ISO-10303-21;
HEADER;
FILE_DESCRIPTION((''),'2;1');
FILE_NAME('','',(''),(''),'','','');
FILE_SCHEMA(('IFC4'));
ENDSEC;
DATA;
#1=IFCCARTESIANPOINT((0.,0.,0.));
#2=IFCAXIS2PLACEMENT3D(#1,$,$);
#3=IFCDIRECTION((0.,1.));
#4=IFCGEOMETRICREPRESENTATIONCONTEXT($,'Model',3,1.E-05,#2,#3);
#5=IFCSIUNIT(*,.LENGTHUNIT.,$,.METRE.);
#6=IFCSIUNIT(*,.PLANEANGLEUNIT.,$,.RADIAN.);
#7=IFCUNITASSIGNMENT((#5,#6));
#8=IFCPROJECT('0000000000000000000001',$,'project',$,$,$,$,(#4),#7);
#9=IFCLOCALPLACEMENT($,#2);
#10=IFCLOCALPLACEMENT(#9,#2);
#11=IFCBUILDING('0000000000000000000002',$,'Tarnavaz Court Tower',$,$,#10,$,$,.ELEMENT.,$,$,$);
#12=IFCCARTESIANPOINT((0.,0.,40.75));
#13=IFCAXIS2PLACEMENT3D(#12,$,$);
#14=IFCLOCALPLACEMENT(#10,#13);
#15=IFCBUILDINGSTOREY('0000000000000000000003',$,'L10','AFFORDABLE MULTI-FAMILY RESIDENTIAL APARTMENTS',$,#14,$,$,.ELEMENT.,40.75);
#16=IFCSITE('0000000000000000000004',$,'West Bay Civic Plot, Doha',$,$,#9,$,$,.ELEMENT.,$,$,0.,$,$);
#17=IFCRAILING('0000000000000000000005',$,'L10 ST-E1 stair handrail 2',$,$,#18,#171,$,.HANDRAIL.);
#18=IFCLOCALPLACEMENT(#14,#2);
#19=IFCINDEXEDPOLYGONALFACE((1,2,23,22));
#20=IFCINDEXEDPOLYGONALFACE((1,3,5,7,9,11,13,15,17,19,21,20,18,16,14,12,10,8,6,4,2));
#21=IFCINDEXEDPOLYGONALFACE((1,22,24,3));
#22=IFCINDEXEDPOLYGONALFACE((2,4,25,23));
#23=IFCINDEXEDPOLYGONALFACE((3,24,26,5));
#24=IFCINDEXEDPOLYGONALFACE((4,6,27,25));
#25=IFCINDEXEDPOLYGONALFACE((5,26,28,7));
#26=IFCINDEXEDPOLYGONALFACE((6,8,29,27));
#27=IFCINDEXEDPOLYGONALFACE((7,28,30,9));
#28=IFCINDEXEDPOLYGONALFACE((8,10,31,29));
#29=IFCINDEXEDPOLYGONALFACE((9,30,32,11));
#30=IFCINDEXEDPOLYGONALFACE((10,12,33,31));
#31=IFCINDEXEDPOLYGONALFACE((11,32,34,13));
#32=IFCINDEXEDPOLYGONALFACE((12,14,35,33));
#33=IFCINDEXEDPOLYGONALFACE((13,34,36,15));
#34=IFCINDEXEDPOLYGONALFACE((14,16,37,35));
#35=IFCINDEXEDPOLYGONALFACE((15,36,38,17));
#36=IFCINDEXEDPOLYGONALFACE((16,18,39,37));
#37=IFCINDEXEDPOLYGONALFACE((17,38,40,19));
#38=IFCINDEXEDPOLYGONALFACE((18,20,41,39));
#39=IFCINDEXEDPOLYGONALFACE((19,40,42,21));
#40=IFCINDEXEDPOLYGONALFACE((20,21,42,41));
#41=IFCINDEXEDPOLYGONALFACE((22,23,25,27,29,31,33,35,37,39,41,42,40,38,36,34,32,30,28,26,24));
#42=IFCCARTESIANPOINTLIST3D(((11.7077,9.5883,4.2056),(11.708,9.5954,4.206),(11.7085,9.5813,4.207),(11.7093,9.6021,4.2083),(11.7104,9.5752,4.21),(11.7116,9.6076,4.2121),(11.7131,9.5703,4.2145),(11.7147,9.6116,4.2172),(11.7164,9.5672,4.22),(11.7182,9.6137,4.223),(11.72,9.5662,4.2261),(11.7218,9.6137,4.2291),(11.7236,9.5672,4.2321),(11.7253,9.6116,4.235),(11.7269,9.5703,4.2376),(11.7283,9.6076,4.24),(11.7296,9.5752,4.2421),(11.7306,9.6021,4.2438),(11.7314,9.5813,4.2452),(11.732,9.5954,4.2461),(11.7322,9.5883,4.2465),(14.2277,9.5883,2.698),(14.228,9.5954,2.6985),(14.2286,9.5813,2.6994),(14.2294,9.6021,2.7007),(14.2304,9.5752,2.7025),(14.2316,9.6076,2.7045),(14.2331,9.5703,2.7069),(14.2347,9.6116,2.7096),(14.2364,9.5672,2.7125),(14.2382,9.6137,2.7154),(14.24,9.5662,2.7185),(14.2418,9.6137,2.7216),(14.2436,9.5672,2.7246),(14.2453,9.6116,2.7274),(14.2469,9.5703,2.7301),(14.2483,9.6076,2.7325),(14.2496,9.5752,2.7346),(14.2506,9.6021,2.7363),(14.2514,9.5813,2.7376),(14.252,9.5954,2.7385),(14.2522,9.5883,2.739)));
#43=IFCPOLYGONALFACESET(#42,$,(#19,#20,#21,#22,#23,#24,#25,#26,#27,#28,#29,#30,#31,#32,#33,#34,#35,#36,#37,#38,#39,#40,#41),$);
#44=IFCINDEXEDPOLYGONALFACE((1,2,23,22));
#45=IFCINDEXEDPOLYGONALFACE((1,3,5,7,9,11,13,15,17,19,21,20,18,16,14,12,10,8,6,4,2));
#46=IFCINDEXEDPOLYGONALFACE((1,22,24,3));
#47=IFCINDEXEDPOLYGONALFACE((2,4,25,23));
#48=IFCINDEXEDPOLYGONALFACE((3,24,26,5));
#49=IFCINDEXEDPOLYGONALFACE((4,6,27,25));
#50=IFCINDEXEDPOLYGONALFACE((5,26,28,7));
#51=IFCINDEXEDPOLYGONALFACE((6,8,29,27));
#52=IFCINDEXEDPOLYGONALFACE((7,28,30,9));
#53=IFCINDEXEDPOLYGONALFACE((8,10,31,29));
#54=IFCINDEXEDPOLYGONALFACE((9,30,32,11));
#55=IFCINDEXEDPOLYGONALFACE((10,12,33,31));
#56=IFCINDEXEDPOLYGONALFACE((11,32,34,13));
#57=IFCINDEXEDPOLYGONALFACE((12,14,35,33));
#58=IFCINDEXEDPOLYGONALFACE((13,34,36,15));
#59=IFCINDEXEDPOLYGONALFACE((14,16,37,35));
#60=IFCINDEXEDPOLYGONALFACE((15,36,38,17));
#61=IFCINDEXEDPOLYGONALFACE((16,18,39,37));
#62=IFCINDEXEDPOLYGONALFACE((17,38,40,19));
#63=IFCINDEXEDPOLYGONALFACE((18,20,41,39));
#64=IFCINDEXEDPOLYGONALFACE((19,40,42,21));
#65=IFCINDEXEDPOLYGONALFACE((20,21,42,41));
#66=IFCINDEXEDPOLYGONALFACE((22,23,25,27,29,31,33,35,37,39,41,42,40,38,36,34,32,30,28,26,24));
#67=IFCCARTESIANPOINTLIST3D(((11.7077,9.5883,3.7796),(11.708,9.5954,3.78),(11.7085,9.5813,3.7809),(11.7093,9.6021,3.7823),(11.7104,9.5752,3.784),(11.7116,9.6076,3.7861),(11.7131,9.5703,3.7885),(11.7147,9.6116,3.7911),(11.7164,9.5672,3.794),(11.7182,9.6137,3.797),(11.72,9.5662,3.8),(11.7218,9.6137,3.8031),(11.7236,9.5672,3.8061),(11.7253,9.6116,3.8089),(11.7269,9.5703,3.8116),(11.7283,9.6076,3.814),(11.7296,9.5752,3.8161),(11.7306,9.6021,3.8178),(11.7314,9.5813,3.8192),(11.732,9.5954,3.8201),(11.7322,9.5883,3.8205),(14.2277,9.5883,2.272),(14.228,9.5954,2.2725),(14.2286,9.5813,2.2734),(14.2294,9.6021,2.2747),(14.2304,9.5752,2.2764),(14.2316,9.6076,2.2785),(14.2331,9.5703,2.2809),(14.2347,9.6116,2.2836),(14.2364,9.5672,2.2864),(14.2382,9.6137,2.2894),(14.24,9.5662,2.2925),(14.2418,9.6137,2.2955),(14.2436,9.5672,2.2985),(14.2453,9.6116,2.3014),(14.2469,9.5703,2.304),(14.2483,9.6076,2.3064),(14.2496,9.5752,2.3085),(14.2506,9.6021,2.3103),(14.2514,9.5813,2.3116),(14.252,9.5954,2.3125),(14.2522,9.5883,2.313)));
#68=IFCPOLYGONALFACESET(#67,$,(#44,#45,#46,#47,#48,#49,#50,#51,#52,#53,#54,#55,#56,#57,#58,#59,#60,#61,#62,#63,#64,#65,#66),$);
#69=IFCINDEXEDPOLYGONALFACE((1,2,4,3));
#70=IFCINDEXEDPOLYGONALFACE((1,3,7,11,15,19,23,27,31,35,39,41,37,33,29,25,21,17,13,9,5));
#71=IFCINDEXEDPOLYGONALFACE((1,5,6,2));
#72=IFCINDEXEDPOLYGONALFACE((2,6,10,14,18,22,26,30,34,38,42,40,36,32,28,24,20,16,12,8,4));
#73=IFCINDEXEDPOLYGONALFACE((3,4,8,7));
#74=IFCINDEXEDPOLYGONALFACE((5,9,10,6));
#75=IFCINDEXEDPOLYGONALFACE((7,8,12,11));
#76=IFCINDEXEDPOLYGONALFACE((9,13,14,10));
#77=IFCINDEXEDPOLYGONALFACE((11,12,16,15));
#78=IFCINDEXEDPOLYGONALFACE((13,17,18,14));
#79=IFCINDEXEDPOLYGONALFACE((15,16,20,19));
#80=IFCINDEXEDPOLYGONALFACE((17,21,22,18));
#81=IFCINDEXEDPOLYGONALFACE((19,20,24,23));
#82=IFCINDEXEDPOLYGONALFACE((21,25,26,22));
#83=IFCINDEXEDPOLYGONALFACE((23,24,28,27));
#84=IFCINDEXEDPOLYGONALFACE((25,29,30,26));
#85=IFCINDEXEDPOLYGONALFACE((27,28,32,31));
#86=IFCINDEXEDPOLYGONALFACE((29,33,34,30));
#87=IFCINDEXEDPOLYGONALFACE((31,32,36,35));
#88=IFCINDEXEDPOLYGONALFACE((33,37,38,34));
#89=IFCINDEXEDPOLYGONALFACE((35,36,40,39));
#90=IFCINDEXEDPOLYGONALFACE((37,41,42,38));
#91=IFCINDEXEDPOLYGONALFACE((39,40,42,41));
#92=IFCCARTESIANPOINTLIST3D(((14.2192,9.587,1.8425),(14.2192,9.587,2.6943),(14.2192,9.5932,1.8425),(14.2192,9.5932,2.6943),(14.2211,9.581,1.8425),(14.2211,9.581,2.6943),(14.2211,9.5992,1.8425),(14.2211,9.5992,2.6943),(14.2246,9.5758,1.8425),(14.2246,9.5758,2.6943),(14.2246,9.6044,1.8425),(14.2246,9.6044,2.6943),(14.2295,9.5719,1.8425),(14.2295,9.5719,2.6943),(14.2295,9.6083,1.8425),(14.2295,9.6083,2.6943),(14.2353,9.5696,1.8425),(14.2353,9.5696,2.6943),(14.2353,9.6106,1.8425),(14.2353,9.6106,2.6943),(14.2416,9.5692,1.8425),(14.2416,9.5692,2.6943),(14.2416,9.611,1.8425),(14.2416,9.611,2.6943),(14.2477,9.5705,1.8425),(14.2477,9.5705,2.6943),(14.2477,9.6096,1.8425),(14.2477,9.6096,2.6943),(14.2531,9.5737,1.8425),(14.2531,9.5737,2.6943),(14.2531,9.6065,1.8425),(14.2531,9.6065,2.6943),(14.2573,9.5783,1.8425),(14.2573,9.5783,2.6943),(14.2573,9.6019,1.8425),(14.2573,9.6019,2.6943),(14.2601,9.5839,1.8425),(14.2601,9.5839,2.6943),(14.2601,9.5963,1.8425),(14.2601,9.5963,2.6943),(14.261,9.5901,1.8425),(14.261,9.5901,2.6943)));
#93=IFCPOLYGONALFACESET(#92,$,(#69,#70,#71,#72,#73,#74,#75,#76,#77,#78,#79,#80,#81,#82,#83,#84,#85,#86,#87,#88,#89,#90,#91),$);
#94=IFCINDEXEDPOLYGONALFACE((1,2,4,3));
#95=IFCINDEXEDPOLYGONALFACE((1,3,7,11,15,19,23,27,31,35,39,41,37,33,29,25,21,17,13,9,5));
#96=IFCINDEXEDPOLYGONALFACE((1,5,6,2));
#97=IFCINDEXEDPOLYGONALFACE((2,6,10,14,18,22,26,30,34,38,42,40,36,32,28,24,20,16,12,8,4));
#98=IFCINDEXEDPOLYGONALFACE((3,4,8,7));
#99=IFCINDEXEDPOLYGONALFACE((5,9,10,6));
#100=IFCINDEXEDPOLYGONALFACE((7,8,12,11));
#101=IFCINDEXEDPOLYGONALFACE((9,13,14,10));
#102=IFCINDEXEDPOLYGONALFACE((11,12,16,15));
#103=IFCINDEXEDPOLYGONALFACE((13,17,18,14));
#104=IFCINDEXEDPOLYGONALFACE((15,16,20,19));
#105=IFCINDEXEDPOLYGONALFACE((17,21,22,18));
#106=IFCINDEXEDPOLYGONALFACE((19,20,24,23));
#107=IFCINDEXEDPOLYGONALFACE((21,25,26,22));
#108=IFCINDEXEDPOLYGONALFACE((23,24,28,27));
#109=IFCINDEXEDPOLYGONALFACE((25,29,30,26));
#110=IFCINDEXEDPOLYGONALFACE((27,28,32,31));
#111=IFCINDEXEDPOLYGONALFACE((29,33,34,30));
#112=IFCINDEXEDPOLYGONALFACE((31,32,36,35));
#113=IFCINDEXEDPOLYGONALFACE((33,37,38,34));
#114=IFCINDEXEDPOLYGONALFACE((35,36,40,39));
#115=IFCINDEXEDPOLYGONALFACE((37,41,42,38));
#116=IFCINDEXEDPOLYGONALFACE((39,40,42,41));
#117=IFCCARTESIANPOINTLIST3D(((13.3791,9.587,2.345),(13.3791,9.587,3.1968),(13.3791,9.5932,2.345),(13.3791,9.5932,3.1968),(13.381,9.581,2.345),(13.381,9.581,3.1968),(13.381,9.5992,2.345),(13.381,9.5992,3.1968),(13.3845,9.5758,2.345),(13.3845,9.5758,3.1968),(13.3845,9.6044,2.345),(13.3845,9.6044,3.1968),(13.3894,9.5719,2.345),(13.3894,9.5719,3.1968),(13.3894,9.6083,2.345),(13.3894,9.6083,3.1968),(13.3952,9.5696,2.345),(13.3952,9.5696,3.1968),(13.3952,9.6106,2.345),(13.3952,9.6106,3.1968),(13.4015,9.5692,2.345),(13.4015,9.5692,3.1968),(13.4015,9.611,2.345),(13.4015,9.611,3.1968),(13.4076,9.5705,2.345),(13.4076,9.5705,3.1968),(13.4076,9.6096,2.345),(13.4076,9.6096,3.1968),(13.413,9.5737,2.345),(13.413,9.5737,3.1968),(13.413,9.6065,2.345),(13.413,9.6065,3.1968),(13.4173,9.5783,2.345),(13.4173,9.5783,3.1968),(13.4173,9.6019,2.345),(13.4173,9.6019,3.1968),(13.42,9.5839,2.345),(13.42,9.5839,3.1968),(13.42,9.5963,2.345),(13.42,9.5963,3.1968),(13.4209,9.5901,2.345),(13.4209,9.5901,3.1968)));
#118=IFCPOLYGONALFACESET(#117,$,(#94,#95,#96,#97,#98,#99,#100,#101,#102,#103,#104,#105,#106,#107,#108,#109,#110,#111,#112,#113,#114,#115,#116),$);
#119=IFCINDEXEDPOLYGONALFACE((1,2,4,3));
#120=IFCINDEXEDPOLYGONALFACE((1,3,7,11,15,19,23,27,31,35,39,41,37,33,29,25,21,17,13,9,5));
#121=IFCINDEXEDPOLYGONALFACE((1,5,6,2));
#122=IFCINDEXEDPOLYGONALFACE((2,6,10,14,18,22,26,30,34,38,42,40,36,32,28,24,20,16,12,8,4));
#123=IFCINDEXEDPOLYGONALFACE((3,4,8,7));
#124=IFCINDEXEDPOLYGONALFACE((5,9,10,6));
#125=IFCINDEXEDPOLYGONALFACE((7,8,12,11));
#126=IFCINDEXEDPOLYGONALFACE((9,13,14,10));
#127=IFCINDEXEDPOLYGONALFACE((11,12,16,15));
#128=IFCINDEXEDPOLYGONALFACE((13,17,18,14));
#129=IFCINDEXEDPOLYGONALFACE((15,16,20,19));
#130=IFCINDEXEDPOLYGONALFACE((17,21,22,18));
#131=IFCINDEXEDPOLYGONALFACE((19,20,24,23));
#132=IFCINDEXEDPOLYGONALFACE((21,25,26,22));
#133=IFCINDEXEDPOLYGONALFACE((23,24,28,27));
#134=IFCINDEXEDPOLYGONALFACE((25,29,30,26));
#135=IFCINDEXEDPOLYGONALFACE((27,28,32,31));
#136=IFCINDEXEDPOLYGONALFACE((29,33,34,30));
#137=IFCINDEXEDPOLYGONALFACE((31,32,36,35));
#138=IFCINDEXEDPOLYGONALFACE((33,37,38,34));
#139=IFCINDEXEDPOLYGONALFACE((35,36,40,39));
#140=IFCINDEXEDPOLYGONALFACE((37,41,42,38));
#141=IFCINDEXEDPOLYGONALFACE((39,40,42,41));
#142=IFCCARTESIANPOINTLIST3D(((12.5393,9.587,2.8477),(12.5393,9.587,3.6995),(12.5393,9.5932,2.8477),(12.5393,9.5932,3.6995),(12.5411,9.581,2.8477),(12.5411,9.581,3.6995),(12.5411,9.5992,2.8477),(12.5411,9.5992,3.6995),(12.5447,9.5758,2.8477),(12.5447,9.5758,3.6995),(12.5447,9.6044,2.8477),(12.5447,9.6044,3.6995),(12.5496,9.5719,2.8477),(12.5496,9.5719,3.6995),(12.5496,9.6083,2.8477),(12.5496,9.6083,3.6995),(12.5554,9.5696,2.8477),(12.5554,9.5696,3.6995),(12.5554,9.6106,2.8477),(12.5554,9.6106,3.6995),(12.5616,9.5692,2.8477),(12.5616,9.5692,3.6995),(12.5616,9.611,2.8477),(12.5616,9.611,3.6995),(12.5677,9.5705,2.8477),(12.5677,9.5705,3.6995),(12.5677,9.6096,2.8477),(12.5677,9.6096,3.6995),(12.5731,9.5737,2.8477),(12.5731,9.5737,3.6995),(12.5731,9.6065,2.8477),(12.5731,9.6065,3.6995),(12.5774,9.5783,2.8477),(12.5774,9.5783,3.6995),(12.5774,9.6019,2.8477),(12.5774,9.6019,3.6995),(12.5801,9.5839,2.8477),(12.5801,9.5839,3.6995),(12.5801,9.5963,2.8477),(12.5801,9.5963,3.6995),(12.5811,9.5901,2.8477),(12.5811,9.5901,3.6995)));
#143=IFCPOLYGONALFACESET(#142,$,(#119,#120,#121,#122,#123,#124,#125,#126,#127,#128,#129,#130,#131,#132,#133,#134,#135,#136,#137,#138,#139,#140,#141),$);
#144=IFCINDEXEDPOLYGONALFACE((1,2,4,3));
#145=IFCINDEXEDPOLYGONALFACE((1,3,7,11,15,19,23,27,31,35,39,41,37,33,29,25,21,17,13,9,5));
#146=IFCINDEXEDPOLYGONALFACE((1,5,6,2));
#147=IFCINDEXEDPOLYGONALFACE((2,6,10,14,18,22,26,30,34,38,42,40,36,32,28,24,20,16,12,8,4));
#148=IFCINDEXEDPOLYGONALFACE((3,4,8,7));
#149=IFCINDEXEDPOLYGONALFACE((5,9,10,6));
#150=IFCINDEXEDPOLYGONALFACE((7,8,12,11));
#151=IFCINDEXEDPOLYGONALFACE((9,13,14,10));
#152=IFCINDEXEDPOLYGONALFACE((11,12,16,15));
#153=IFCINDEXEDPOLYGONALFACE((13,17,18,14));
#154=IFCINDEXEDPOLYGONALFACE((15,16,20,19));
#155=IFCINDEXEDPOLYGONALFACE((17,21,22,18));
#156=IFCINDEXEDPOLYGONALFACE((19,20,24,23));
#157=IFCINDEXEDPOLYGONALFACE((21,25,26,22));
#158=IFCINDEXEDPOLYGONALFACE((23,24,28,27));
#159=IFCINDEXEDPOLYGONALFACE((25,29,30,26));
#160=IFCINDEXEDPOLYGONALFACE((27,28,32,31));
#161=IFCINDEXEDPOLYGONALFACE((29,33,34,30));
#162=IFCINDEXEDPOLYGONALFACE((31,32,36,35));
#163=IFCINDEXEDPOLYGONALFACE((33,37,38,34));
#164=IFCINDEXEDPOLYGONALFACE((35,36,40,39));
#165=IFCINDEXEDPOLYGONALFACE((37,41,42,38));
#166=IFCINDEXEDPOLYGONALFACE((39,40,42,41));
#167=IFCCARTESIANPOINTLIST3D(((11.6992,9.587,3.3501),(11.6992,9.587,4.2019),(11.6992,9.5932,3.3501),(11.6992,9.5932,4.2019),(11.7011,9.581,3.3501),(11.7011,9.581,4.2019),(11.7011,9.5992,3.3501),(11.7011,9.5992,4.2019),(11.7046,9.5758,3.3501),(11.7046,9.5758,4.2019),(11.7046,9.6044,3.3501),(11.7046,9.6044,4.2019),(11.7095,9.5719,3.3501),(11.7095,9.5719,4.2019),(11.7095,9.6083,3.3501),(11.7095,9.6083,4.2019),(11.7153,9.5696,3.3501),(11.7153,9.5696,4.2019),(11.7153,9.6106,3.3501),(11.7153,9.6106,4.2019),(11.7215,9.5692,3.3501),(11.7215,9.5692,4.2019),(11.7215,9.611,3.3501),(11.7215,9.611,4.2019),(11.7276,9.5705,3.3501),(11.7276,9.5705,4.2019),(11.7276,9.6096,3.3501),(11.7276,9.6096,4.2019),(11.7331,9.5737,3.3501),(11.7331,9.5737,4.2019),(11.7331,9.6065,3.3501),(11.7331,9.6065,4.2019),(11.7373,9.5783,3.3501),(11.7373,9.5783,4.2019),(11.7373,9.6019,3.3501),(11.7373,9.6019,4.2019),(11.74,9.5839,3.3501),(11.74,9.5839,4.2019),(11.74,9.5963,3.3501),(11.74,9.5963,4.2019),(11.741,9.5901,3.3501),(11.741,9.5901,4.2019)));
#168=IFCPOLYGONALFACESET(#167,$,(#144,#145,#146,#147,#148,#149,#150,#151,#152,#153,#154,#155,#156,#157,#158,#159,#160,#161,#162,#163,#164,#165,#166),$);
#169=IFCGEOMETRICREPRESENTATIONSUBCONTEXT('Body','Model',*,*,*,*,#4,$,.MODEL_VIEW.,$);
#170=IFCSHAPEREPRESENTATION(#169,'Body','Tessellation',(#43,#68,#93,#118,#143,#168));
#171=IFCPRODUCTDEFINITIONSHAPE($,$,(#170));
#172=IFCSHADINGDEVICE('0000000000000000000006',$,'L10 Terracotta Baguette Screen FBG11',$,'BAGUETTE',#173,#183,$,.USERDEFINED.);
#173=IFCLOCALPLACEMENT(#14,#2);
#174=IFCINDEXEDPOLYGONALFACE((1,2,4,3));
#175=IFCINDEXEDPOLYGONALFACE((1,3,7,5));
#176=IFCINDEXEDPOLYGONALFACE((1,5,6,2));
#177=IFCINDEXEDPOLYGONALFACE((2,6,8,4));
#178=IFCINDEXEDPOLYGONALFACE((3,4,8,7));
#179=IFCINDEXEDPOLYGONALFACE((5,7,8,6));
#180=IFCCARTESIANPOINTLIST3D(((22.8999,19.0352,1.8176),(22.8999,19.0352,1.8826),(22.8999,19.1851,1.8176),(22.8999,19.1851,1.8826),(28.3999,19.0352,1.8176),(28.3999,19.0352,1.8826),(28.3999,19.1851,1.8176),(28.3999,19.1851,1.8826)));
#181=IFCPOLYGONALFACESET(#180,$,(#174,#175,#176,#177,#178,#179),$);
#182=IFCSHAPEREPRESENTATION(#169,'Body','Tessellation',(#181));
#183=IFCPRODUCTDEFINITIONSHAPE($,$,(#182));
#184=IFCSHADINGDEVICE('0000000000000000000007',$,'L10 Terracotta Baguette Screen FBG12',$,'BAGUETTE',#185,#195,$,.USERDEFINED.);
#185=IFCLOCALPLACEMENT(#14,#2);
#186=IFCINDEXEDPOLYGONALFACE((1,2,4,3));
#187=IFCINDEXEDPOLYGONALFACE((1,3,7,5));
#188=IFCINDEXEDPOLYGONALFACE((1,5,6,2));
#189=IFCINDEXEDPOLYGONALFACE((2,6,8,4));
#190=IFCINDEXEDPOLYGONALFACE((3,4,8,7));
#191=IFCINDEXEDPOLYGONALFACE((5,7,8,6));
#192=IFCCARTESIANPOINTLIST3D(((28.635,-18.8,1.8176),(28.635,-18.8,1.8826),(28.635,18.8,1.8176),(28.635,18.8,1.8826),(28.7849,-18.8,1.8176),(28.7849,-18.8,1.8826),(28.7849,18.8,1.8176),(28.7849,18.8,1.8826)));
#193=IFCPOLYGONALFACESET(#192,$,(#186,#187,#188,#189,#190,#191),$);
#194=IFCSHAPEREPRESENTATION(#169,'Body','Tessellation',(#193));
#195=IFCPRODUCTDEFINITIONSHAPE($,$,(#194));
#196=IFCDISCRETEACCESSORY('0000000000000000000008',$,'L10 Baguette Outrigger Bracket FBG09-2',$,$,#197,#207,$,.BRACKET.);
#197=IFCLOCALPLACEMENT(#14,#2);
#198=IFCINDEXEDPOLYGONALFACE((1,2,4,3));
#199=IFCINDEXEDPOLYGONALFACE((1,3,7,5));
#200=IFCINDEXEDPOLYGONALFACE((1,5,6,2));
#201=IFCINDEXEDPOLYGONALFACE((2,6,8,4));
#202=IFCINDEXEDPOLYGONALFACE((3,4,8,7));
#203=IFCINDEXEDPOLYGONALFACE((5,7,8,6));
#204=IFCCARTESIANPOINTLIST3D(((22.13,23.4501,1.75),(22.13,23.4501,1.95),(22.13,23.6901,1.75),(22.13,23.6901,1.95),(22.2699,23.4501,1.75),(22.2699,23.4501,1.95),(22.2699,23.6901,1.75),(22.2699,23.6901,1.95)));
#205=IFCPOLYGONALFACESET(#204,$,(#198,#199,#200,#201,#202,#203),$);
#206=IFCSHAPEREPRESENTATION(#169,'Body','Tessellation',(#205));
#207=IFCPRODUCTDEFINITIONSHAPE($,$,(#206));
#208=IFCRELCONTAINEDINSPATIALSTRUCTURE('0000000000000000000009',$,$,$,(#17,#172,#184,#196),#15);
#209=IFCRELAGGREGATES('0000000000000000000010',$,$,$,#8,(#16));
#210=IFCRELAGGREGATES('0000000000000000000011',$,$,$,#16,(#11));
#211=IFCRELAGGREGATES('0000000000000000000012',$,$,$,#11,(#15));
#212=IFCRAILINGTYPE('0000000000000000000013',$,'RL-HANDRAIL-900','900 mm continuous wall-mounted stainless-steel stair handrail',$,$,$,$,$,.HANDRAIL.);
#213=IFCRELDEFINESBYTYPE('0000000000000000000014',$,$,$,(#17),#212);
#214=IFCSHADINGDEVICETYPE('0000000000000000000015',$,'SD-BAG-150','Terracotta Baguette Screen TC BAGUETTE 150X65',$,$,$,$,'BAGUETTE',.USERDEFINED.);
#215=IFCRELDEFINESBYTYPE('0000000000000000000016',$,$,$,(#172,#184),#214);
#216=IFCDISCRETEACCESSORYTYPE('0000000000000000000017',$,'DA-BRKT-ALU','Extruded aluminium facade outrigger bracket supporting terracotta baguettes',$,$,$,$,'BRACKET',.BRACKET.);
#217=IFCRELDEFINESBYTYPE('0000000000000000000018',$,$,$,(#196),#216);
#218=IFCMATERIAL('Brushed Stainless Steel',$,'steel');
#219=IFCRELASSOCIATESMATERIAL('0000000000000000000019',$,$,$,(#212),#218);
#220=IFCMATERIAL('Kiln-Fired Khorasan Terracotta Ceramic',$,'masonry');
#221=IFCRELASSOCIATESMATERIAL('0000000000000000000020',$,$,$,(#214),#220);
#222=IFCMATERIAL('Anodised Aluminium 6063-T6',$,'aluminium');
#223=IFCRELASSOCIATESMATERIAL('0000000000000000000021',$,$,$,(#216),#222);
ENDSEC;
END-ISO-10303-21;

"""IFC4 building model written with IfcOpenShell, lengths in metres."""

from ifc_helpers import new_model, si_unit, direction, frame, origin, origin_2d, place, context, subcontext, project, spatial, rectangle, circle, extrude, material, material_profile, profile_set, type_object, element, save


model = new_model("IFC4")

# Units and contexts
model_context = context("Model", 3, precision=1e-05, world=origin(), true_north=direction((0.0, 1.0)))
body_context = subcontext(model_context, "Body", "Model", "MODEL_VIEW")
ifc_project = project(units=[si_unit("LENGTHUNIT", "METRE"), si_unit("PLANEANGLEUNIT", "RADIAN")], contexts=[model_context])

# Site, building, storey
site_placement = place(None, origin())
site = spatial("IfcSite", under=ifc_project, at=site_placement, Name="West Bay Civic Plot, Doha", CompositionType="ELEMENT", RefElevation=0.0)
building_placement = place(site_placement, origin())
building = spatial("IfcBuilding", under=site, at=building_placement, Name="Tarnavaz Court Tower", CompositionType="ELEMENT")
storey_placement = place(building_placement, frame((0.0, 0.0, 40.75)))
storey = spatial("IfcBuildingStorey", under=building, at=storey_placement, Name="L10", Description="AFFORDABLE MULTI-FAMILY RESIDENTIAL APARTMENTS", CompositionType="ELEMENT", Elevation=40.75)

# Railing
ifc_material_1 = material(Name="Brushed Stainless Steel", Category="steel")
railing_type = type_object("IfcRailingType", Name="RL-HANDRAIL-900", Description="900 mm continuous wall-mounted stainless-steel stair handrail", PredefinedType="HANDRAIL", material=ifc_material_1)
railing_placement = place(storey_placement, frame((14.24, 9.5901, 1.8425)))
element("IfcRailing", 1, at=railing_placement, inside=storey, type_object=railing_type, Name="L10 ST-E1 stair handrail 2", PredefinedType="HANDRAIL", context=body_context, shape_type="SweptSolid", body=[
    extrude(circle(Radius=0.0239, at=origin_2d()), frame((0.0, 0.0, 0.876), z_axis=(-0.85816, 0.0, 0.513383), x_axis=(0.0, -1.0, 0.0)), (0.0, 0.0, 1.0), 2.9365),
    extrude(circle(Radius=0.0239, at=origin_2d()), frame((0.0, 0.0, 0.45), z_axis=(-0.85816, 0.0, 0.513383), x_axis=(0.0, -1.0, 0.0)), (0.0, 0.0, 1.0), 2.9365),
    extrude(circle(Radius=0.021, at=origin_2d()), origin(), (0.0, 0.0, 1.0), 0.8518),
    extrude(circle(Radius=0.021, at=origin_2d()), frame((-0.8401, 0.0, 0.5024)), (0.0, 0.0, 1.0), 0.8518),
    extrude(circle(Radius=0.021, at=origin_2d()), frame((-1.6799, 0.0, 1.0051)), (0.0, 0.0, 1.0), 0.8518),
    extrude(circle(Radius=0.021, at=origin_2d()), frame((-2.52, 0.0, 1.5076)), (0.0, 0.0, 1.0), 0.8518),
])

# Shading devices
ifc_material_2 = material(Name="Kiln-Fired Khorasan Terracotta Ceramic", Category="masonry")
ifc_material_profile_1 = material_profile(ifc_material_2, rectangle(XDim=0.1499, YDim=0.0649, at=origin_2d()), Name="TC BAGUETTE 150X65")
ifc_profile_set_1 = profile_set([ifc_material_profile_1], Name="Kiln-Fired Khorasan Terracotta Ceramic")
shading_device_type = type_object("IfcShadingDeviceType", Name="SD-BAG-150", Description="Terracotta Baguette Screen TC BAGUETTE 150X65", ElementType="BAGUETTE", PredefinedType="USERDEFINED", material=ifc_profile_set_1)
shading_device_1_placement = place(storey_placement, frame((22.8999, 19.1101, 1.8501), z_axis=(1.0, 0.0, 0.0), x_axis=(0.0, 1.0, 0.0)))
element("IfcShadingDevice", 2, at=shading_device_1_placement, inside=storey, type_object=shading_device_type, Name="L10 Terracotta Baguette Screen FBG11", ObjectType="BAGUETTE", PredefinedType="USERDEFINED", context=body_context, shape_type="SweptSolid", body=[
    extrude(rectangle(XDim=0.1499, YDim=0.0649, at=origin_2d()), origin(), (0.0, 0.0, 1.0), 5.5),
])
shading_device_2_placement = place(storey_placement, frame((28.71, 18.8, 1.8501), z_axis=(0.0, -1.0, 0.0), x_axis=(1.0, 0.0, 0.0)))
element("IfcShadingDevice", 3, at=shading_device_2_placement, inside=storey, type_object=shading_device_type, Name="L10 Terracotta Baguette Screen FBG12", ObjectType="BAGUETTE", PredefinedType="USERDEFINED", context=body_context, shape_type="SweptSolid", body=[
    extrude(rectangle(XDim=0.1499, YDim=0.0649, at=origin_2d()), origin(), (0.0, 0.0, 1.0), 37.6001),
])

# Discrete accessory
ifc_material_3 = material(Name="Anodised Aluminium 6063-T6", Category="aluminium")
discrete_accessory_type = type_object("IfcDiscreteAccessoryType", Name="DA-BRKT-ALU", Description="Extruded aluminium facade outrigger bracket supporting terracotta baguettes", ElementType="BRACKET", PredefinedType="BRACKET", material=ifc_material_3)
for number, where, z_axis, x_axis, name in (
    (4, (22.2, 23.5701, 1.75), (0.0, 0.0, 1.0), (1.0, 0.0, 0.0), "L10 Baguette Outrigger Bracket FBG09-2"),
):
    element("IfcDiscreteAccessory", number, at=place(storey_placement, frame(where, z_axis=z_axis, x_axis=x_axis)), inside=storey, type_object=discrete_accessory_type, Name=name, PredefinedType="BRACKET", context=body_context, shape_type="SweptSolid", body=[
        extrude(rectangle(XDim=0.1399, YDim=0.24, at=origin_2d()), origin(), (0.0, 0.0, 1.0), 0.2),
    ])

save(model, "model.ifc")
